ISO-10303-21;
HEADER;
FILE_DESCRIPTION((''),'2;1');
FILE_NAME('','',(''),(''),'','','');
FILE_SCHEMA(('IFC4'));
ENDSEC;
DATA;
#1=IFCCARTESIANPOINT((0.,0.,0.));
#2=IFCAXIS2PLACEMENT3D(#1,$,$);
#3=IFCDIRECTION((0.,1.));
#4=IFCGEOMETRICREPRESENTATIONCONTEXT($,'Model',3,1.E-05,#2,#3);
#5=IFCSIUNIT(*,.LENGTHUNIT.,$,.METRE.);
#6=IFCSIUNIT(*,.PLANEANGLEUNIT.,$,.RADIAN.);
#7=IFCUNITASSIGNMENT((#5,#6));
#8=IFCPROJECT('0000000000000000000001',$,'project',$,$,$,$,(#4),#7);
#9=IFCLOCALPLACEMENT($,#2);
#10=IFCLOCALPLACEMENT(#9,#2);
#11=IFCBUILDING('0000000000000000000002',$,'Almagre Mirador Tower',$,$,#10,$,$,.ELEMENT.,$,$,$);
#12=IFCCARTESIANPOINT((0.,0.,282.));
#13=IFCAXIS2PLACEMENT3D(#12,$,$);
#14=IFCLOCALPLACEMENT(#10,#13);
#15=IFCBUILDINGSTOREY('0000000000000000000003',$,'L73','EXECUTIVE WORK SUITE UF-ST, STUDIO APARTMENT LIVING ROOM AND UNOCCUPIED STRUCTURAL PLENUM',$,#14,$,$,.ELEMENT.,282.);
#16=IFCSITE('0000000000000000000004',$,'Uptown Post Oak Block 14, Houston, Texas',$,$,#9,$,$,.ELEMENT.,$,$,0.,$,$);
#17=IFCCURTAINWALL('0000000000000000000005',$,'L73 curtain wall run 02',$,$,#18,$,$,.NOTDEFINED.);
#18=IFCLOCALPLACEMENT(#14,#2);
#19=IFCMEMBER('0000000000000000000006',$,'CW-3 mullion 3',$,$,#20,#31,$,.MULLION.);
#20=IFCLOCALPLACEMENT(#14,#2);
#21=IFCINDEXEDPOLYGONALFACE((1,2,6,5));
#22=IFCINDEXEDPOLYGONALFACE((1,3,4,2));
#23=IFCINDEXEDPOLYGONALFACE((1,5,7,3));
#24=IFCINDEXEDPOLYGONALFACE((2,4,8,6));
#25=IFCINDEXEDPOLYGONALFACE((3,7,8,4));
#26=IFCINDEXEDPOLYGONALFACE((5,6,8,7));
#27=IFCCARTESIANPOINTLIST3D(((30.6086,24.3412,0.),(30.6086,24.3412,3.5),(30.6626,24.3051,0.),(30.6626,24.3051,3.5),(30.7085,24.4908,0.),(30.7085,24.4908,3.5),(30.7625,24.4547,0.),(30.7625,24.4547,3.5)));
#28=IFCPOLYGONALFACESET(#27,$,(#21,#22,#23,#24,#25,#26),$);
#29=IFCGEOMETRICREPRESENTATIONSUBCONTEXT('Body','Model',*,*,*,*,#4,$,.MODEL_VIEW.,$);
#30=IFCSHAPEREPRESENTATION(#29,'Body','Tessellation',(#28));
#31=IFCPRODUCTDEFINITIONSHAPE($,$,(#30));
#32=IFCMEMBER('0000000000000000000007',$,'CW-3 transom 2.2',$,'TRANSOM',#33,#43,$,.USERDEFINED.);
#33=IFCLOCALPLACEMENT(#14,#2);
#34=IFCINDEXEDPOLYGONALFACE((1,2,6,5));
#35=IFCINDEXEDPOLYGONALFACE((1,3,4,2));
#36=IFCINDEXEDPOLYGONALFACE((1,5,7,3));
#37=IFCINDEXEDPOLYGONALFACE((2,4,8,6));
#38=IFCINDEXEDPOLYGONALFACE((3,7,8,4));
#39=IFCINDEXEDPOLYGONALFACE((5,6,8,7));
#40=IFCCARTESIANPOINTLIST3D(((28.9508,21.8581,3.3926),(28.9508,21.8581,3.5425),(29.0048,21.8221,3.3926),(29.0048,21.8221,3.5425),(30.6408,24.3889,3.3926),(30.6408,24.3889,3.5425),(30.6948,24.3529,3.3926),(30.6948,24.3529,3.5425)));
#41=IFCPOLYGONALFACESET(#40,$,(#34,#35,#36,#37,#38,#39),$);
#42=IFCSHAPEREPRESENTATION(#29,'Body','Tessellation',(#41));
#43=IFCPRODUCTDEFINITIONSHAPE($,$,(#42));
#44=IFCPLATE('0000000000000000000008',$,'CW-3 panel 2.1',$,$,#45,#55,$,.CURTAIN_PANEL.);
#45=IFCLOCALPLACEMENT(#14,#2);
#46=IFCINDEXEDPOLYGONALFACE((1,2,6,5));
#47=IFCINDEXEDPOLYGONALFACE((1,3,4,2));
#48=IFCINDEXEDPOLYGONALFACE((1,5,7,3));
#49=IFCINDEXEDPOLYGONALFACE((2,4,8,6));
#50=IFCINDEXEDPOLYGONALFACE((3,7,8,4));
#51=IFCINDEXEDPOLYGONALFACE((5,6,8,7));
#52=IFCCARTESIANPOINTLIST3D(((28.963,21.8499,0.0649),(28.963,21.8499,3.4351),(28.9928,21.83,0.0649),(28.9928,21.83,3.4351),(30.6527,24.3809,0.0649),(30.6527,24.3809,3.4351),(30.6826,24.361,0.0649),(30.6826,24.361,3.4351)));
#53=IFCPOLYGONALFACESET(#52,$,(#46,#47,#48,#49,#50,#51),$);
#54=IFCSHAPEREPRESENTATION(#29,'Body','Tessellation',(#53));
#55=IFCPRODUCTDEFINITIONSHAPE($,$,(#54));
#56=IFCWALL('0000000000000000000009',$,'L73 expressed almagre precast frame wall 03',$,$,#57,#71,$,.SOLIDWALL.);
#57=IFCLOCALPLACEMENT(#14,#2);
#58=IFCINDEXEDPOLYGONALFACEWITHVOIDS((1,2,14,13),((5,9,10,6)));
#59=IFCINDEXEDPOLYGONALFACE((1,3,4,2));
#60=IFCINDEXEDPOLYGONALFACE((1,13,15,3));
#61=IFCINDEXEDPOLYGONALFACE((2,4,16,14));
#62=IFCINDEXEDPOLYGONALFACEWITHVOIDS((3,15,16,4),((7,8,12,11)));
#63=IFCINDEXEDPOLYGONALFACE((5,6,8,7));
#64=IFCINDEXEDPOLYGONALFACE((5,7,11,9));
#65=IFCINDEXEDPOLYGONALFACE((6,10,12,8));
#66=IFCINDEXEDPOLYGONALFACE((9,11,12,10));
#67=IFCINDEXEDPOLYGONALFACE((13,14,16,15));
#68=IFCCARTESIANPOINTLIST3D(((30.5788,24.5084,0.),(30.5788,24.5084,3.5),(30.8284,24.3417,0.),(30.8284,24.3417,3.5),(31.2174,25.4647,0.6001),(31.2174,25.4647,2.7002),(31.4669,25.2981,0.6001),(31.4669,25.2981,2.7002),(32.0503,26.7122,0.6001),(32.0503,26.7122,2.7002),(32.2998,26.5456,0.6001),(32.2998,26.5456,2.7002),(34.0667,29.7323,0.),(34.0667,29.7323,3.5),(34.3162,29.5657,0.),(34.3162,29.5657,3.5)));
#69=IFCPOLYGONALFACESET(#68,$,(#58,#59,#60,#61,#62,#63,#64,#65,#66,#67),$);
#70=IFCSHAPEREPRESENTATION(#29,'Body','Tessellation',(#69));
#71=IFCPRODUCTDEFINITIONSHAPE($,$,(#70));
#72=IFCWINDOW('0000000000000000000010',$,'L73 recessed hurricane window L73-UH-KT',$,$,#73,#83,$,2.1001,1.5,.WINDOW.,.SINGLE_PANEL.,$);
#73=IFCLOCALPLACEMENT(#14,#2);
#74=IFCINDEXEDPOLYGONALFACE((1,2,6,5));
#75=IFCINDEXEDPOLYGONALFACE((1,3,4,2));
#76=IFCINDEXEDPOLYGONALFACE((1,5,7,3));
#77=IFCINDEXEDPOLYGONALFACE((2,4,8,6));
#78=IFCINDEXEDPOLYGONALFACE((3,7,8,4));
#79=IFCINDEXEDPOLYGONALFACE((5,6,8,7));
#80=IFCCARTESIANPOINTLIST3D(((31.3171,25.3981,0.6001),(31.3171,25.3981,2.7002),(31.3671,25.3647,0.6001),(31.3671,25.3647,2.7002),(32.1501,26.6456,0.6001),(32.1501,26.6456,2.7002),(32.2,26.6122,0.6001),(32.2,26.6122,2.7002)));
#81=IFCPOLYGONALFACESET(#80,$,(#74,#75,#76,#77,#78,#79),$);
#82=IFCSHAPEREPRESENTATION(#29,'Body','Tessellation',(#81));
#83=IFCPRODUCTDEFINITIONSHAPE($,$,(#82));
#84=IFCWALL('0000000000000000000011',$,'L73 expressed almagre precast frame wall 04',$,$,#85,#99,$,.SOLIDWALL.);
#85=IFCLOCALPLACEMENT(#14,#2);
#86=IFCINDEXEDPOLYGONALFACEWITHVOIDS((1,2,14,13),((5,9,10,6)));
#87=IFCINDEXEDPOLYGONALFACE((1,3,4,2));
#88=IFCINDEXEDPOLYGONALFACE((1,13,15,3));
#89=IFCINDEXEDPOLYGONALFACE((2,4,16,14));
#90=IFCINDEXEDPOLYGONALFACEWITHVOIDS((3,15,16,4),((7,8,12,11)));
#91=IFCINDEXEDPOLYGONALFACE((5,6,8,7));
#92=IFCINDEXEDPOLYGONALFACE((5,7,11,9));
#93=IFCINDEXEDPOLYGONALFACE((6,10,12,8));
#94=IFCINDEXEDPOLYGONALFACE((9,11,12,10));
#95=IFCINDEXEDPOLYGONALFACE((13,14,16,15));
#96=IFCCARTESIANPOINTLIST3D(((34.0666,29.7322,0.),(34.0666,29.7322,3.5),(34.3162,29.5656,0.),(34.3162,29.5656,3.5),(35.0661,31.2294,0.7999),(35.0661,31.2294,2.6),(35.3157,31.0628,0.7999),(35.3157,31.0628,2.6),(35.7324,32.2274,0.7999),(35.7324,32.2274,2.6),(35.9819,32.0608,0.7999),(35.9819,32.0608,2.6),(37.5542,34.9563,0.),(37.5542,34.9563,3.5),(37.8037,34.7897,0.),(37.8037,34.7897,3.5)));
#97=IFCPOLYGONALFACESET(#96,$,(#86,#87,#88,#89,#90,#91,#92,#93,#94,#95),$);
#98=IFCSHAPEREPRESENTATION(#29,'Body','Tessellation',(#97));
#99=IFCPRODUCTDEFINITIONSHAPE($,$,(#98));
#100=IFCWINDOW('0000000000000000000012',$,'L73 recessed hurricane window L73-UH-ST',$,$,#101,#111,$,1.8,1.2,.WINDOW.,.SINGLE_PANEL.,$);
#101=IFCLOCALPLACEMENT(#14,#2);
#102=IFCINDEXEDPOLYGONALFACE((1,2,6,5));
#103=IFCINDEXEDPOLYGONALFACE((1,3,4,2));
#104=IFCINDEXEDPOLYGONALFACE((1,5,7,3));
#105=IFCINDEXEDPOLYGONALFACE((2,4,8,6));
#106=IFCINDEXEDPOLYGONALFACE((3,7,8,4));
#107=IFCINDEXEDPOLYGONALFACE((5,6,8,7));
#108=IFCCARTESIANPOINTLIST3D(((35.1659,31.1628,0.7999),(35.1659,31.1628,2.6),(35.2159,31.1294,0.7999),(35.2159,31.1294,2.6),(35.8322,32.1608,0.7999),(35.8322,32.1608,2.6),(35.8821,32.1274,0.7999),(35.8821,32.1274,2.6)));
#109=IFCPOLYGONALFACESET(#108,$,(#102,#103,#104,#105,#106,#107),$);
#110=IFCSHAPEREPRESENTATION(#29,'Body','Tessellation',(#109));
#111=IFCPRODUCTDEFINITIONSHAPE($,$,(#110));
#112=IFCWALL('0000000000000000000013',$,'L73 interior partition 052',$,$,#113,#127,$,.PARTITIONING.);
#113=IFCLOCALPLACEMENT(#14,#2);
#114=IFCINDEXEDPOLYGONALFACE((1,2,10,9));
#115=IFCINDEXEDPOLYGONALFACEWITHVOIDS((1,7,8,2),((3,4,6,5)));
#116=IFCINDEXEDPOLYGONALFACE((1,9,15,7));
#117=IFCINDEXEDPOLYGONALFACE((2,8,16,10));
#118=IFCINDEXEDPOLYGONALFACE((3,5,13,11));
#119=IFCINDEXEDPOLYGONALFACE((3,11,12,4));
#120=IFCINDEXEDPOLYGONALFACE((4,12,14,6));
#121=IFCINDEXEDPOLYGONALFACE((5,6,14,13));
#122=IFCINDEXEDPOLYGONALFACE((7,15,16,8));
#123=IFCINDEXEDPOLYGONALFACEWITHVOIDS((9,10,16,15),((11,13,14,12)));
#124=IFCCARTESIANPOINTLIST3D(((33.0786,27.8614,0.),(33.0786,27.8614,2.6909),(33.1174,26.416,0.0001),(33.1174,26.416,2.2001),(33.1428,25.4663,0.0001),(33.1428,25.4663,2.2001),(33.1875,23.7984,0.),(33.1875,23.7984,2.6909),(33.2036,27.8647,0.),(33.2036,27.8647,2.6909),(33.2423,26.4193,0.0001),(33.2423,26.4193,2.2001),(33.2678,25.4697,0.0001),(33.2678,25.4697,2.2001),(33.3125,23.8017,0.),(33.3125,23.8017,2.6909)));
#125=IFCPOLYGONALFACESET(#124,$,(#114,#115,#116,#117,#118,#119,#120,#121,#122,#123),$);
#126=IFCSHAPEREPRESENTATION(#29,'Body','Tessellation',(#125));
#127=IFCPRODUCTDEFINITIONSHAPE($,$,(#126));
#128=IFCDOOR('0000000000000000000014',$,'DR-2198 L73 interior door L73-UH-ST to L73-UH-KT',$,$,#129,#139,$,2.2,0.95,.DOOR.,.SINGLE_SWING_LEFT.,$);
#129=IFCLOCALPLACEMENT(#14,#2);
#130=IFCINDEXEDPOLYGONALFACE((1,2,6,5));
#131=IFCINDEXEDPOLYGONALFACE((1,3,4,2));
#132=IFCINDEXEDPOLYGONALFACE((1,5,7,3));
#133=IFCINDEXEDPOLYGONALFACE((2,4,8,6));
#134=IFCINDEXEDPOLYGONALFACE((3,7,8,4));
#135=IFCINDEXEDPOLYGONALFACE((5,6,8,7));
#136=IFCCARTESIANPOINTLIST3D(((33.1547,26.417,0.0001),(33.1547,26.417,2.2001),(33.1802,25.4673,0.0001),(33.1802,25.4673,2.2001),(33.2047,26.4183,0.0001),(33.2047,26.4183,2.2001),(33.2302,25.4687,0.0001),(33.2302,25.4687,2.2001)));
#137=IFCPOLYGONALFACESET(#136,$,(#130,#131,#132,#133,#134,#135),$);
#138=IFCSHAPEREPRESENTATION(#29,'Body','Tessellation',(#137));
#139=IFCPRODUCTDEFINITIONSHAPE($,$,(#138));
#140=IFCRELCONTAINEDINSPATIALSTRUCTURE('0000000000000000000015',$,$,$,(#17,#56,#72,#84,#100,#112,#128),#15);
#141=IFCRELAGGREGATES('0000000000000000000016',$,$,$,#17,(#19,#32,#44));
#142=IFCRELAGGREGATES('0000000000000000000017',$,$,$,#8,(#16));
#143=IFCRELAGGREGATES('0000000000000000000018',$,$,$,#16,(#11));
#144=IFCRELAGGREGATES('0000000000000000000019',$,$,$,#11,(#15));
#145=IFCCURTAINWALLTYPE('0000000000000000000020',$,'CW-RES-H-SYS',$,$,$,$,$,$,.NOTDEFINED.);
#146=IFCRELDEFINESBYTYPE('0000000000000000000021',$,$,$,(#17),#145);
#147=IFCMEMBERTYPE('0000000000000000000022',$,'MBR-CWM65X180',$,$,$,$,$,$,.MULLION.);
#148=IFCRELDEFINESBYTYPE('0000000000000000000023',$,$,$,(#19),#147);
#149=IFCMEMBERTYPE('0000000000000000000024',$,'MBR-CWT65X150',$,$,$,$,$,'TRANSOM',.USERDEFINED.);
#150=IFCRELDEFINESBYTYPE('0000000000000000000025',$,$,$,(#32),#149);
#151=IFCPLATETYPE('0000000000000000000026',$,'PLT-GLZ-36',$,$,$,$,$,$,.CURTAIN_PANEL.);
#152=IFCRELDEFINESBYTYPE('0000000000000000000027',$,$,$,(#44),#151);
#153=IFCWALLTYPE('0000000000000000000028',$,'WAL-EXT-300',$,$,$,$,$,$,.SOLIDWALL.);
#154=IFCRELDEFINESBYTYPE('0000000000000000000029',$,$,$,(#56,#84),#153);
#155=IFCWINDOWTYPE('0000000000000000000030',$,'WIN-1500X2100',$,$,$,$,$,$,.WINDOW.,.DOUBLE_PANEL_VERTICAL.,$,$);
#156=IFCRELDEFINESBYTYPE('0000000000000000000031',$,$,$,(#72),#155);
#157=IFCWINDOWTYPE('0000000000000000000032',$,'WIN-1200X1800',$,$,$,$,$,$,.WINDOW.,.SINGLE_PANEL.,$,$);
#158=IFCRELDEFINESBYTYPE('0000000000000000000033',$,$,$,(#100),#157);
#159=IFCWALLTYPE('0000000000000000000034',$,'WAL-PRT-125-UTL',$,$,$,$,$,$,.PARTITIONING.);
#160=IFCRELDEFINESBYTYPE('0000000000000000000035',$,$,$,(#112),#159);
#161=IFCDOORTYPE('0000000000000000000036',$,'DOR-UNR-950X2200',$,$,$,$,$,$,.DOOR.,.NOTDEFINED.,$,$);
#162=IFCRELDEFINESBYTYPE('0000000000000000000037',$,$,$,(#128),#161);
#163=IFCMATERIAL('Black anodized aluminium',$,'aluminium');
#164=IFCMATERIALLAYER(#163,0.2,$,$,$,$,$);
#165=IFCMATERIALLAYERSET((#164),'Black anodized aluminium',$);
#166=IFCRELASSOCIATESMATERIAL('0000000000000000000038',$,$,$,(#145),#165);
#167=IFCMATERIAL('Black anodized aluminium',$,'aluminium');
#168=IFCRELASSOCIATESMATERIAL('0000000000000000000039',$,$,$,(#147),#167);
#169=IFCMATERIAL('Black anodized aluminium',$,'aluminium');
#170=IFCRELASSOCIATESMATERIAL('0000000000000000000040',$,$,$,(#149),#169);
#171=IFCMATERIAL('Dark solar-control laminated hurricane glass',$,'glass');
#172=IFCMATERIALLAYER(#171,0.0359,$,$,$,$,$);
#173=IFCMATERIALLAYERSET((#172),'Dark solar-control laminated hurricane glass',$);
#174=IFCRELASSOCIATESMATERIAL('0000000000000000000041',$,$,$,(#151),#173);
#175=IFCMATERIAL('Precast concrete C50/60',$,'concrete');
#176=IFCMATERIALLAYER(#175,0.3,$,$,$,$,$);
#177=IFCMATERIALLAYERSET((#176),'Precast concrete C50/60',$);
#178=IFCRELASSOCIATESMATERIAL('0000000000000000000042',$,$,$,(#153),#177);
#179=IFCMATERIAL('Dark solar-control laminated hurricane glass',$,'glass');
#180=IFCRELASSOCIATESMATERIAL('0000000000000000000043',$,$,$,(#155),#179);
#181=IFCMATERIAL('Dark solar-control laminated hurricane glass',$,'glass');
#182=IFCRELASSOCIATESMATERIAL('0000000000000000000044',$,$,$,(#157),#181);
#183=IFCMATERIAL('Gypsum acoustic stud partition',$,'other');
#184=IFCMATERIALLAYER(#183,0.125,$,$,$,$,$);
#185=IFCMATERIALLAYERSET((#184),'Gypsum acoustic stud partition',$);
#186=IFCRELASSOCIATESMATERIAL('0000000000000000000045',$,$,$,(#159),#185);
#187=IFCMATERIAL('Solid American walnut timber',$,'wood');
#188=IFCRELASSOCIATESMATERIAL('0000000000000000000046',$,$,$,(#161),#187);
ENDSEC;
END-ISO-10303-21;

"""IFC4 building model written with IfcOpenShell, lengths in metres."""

from ifc_helpers import new_model, si_unit, direction, frame, frame_2d, origin, origin_2d, place, context, subcontext, project, spatial, rectangle, extrude, material, layer, layer_set, material_profile, profile_set, type_object, element, fill, aggregate, save


model = new_model("IFC4")

# Units and contexts
model_context = context("Model", 3, precision=1e-05, world=origin(), true_north=direction((0.0, 1.0)))
body_context = subcontext(model_context, "Body", "Model", "MODEL_VIEW")
ifc_project = project(units=[si_unit("LENGTHUNIT", "METRE"), si_unit("PLANEANGLEUNIT", "RADIAN")], contexts=[model_context])

# Site, building, storey
site_placement = place(None, origin())
site = spatial("IfcSite", under=ifc_project, at=site_placement, Name="Uptown Post Oak Block 14, Houston, Texas", CompositionType="ELEMENT", RefElevation=0.0)
building_placement = place(site_placement, origin())
building = spatial("IfcBuilding", under=site, at=building_placement, Name="Almagre Mirador Tower", CompositionType="ELEMENT")
storey_placement = place(building_placement, frame((0.0, 0.0, 282.0)))
storey = spatial("IfcBuildingStorey", under=building, at=storey_placement, Name="L73", Description="EXECUTIVE WORK SUITE UF-ST, STUDIO APARTMENT LIVING ROOM AND UNOCCUPIED STRUCTURAL PLENUM", CompositionType="ELEMENT", Elevation=282.0)

# Curtain wall, members, plate
ifc_material_1 = material(Name="Black anodized aluminium", Category="aluminium")
ifc_layer_1 = layer(ifc_material_1, 0.2)
ifc_layer_set_1 = layer_set([ifc_layer_1], Name="Black anodized aluminium")
curtain_wall_type = type_object("IfcCurtainWallType", Name="CW-RES-H-SYS", PredefinedType="NOTDEFINED", material=ifc_layer_set_1)
curtain_wall_placement = place(storey_placement, origin())
curtain_wall = element("IfcCurtainWall", 1, at=curtain_wall_placement, inside=storey, type_object=curtain_wall_type, Name="L73 curtain wall run 02", PredefinedType="NOTDEFINED")
ifc_material_2 = material(Name="Black anodized aluminium", Category="aluminium")
ifc_material_profile_1 = material_profile(ifc_material_2, rectangle(XDim=0.0649, YDim=0.1799, at=origin_2d()), Name="CWM65X180")
ifc_profile_set_1 = profile_set([ifc_material_profile_1], Name="Black anodized aluminium")
member_type_1 = type_object("IfcMemberType", Name="MBR-CWM65X180", PredefinedType="MULLION", material=ifc_profile_set_1)
member_1_placement = place(storey_placement, frame((30.6855, 24.3979, 0.0), z_axis=(0.0, 0.0, 1.0), x_axis=(-0.83168, 0.555255, 0.0)))
member_1 = element("IfcMember", 2, at=member_1_placement, type_object=member_type_1, Name="CW-3 mullion 3", PredefinedType="MULLION", context=body_context, shape_type="SweptSolid", body=[
    extrude(rectangle(XDim=0.0649, YDim=0.1799, at=origin_2d()), origin(), (0.0, 0.0, 1.0), 3.5),
])
ifc_material_3 = material(Name="Black anodized aluminium", Category="aluminium")
ifc_material_profile_2 = material_profile(ifc_material_3, rectangle(XDim=0.0649, YDim=0.1499, at=origin_2d()), Name="CWT65X150")
ifc_profile_set_2 = profile_set([ifc_material_profile_2], Name="Black anodized aluminium")
member_type_2 = type_object("IfcMemberType", Name="MBR-CWT65X150", ElementType="TRANSOM", PredefinedType="USERDEFINED", material=ifc_profile_set_2)
member_2_placement = place(storey_placement, frame((28.9778, 21.8401, 3.4675), z_axis=(0.55533, 0.83163, 0.0), x_axis=(-0.83163, 0.55533, 0.0)))
member_2 = element("IfcMember", 3, at=member_2_placement, type_object=member_type_2, Name="CW-3 transom 2.2", ObjectType="TRANSOM", PredefinedType="USERDEFINED", context=body_context, shape_type="SweptSolid", body=[
    extrude(rectangle(XDim=0.0649, YDim=0.1499, at=origin_2d()), origin(), (0.0, 0.0, 1.0), 3.0432),
])
ifc_material_4 = material(Name="Dark solar-control laminated hurricane glass", Category="glass")
ifc_layer_2 = layer(ifc_material_4, 0.0359)
ifc_layer_set_2 = layer_set([ifc_layer_2], Name="Dark solar-control laminated hurricane glass")
plate_type = type_object("IfcPlateType", Name="PLT-GLZ-36", PredefinedType="CURTAIN_PANEL", material=ifc_layer_set_2)
plate_placement = place(storey_placement, frame((29.8228, 23.1055, 0.0649), z_axis=(0.0, 0.0, 1.0), x_axis=(0.555255, 0.83168, 0.0)))
plate = element("IfcPlate", 4, at=plate_placement, type_object=plate_type, Name="CW-3 panel 2.1", PredefinedType="CURTAIN_PANEL", context=body_context, shape_type="SweptSolid", body=[
    extrude(rectangle(XDim=3.0432, YDim=0.0359, at=origin_2d()), origin(), (0.0, 0.0, 1.0), 3.3701),
])
aggregate(curtain_wall, [member_1, member_2, plate])

# Walls, openings, windows
ifc_material_5 = material(Name="Precast concrete C50/60", Category="concrete")
ifc_layer_3 = layer(ifc_material_5, 0.3)
ifc_layer_set_3 = layer_set([ifc_layer_3], Name="Precast concrete C50/60")
wall_type_1 = type_object("IfcWallType", Name="WAL-EXT-300", PredefinedType="SOLIDWALL", material=ifc_layer_set_3)
wall_1_placement = place(storey_placement, frame((30.7036, 24.425, 0.0), z_axis=(0.0, 0.0, 1.0), x_axis=(0.555274, 0.831667, 0.0)))
wall_1 = element("IfcWall", 5, at=wall_1_placement, inside=storey, type_object=wall_type_1, Name="L73 expressed almagre precast frame wall 03", PredefinedType="SOLIDWALL", context=body_context, shape_type="SweptSolid", body=[
    extrude(rectangle(XDim=6.2812, YDim=0.3, at=frame_2d((3.1406, 0.0))), origin(), (0.0, 0.0, 1.0), 3.5),
])
opening_1_placement = place(wall_1_placement, frame((1.1499, 0.0, 0.6001)))
opening_1 = element("IfcOpeningElement", 6, at=opening_1_placement, cuts=wall_1, PredefinedType="OPENING", context=body_context, shape_type="SweptSolid", body=[
    extrude(rectangle(XDim=1.5, YDim=2.1001, at=frame_2d((0.75, 1.05))), frame((0.0, 0.1599, 0.0), z_axis=(0.0, -1.0, 0.0), x_axis=(1.0, 0.0, 0.0)), (0.0, 0.0, 1.0), 0.32),
])
ifc_material_6 = material(Name="Dark solar-control laminated hurricane glass", Category="glass")
window_type_1 = type_object("IfcWindowType", Name="WIN-1500X2100", PartitioningType="DOUBLE_PANEL_VERTICAL", PredefinedType="WINDOW", material=ifc_material_6)
window_1_placement = place(opening_1_placement, origin())
window_1 = element("IfcWindow", 7, at=window_1_placement, inside=storey, type_object=window_type_1, Name="L73 recessed hurricane window L73-UH-KT", OverallHeight=2.1001, OverallWidth=1.5, PartitioningType="SINGLE_PANEL", PredefinedType="WINDOW", context=body_context, shape_type="SweptSolid", body=[
    extrude(rectangle(XDim=1.5, YDim=2.1001, at=frame_2d((0.75, 1.05))), frame((0.0, 0.03, 0.0), z_axis=(0.0, -1.0, 0.0), x_axis=(1.0, 0.0, 0.0)), (0.0, 0.0, 1.0), 0.0601),
])
fill(opening_1, window_1)
wall_2_placement = place(storey_placement, frame((34.1914, 29.6489, 0.0), z_axis=(0.0, 0.0, 1.0), x_axis=(0.555229, 0.831697, 0.0)))
wall_2 = element("IfcWall", 8, at=wall_2_placement, inside=storey, type_object=wall_type_1, Name="L73 expressed almagre precast frame wall 04", PredefinedType="SOLIDWALL", context=body_context, shape_type="SweptSolid", body=[
    extrude(rectangle(XDim=6.2812, YDim=0.3, at=frame_2d((3.1406, 0.0))), origin(), (0.0, 0.0, 1.0), 3.5),
])
opening_2_placement = place(wall_2_placement, frame((1.8, 0.0, 0.8)))
opening_2 = element("IfcOpeningElement", 9, at=opening_2_placement, cuts=wall_2, PredefinedType="OPENING", context=body_context, shape_type="SweptSolid", body=[
    extrude(rectangle(XDim=1.2, YDim=1.8, at=frame_2d((0.6001, 0.8999))), frame((0.0, 0.1599, 0.0), z_axis=(0.0, -1.0, 0.0), x_axis=(1.0, 0.0, 0.0)), (0.0, 0.0, 1.0), 0.32),
])
ifc_material_7 = material(Name="Dark solar-control laminated hurricane glass", Category="glass")
window_type_2 = type_object("IfcWindowType", Name="WIN-1200X1800", PartitioningType="SINGLE_PANEL", PredefinedType="WINDOW", material=ifc_material_7)
window_2_placement = place(opening_2_placement, origin())
window_2 = element("IfcWindow", 10, at=window_2_placement, inside=storey, type_object=window_type_2, Name="L73 recessed hurricane window L73-UH-ST", OverallHeight=1.8, OverallWidth=1.2, PartitioningType="SINGLE_PANEL", PredefinedType="WINDOW", context=body_context, shape_type="SweptSolid", body=[
    extrude(rectangle(XDim=1.2, YDim=1.8, at=frame_2d((0.6001, 0.8999))), frame((0.0, 0.03, 0.0), z_axis=(0.0, -1.0, 0.0), x_axis=(1.0, 0.0, 0.0)), (0.0, 0.0, 1.0), 0.0601),
])
fill(opening_2, window_2)

# Wall, opening, door
ifc_material_8 = material(Name="Gypsum acoustic stud partition", Category="other")
ifc_layer_4 = layer(ifc_material_8, 0.125)
ifc_layer_set_4 = layer_set([ifc_layer_4], Name="Gypsum acoustic stud partition")
wall_type_2 = type_object("IfcWallType", Name="WAL-PRT-125-UTL", PredefinedType="PARTITIONING", material=ifc_layer_set_4)
wall_3_placement = place(storey_placement, frame((33.1411, 27.863, 0.0), z_axis=(0.0, 0.0, 1.0), x_axis=(0.02679, -0.999641, 0.0)))
wall_3 = element("IfcWall", 11, at=wall_3_placement, inside=storey, type_object=wall_type_2, Name="L73 interior partition 052", PredefinedType="PARTITIONING", context=body_context, shape_type="SweptSolid", body=[
    extrude(rectangle(XDim=4.0645, YDim=0.125, at=frame_2d((2.0322, 0.0))), origin(), (0.0, 0.0, 1.0), 2.6909),
])
opening_3_placement = place(wall_3_placement, frame((1.4458, 0.0, 0.0)))
opening_3 = element("IfcOpeningElement", 12, at=opening_3_placement, cuts=wall_3, PredefinedType="OPENING", context=body_context, shape_type="SweptSolid", body=[
    extrude(rectangle(XDim=0.95, YDim=2.2, at=frame_2d((0.4751, 1.1001))), frame((0.0, 0.0725, 0.0), z_axis=(0.0, -1.0, 0.0), x_axis=(1.0, 0.0, 0.0)), (0.0, 0.0, 1.0), 0.145),
])
ifc_material_9 = material(Name="Solid American walnut timber", Category="wood")
door_type_1 = type_object("IfcDoorType", Name="DOR-UNR-950X2200", OperationType="NOTDEFINED", PredefinedType="DOOR", material=ifc_material_9)
door_1_placement = place(opening_3_placement, origin())
door_1 = element("IfcDoor", 13, at=door_1_placement, inside=storey, type_object=door_type_1, Name="DR-2198 L73 interior door L73-UH-ST to L73-UH-KT", OperationType="SINGLE_SWING_LEFT", OverallHeight=2.2, OverallWidth=0.95, PredefinedType="DOOR", context=body_context, shape_type="SweptSolid", body=[
    extrude(rectangle(XDim=0.95, YDim=2.2, at=frame_2d((0.4751, 1.1001))), frame((0.0, 0.0249, 0.0), z_axis=(0.0, -1.0, 0.0), x_axis=(1.0, 0.0, 0.0)), (0.0, 0.0, 1.0), 0.05),
])
fill(opening_3, door_1)

save(model, "model.ifc")
